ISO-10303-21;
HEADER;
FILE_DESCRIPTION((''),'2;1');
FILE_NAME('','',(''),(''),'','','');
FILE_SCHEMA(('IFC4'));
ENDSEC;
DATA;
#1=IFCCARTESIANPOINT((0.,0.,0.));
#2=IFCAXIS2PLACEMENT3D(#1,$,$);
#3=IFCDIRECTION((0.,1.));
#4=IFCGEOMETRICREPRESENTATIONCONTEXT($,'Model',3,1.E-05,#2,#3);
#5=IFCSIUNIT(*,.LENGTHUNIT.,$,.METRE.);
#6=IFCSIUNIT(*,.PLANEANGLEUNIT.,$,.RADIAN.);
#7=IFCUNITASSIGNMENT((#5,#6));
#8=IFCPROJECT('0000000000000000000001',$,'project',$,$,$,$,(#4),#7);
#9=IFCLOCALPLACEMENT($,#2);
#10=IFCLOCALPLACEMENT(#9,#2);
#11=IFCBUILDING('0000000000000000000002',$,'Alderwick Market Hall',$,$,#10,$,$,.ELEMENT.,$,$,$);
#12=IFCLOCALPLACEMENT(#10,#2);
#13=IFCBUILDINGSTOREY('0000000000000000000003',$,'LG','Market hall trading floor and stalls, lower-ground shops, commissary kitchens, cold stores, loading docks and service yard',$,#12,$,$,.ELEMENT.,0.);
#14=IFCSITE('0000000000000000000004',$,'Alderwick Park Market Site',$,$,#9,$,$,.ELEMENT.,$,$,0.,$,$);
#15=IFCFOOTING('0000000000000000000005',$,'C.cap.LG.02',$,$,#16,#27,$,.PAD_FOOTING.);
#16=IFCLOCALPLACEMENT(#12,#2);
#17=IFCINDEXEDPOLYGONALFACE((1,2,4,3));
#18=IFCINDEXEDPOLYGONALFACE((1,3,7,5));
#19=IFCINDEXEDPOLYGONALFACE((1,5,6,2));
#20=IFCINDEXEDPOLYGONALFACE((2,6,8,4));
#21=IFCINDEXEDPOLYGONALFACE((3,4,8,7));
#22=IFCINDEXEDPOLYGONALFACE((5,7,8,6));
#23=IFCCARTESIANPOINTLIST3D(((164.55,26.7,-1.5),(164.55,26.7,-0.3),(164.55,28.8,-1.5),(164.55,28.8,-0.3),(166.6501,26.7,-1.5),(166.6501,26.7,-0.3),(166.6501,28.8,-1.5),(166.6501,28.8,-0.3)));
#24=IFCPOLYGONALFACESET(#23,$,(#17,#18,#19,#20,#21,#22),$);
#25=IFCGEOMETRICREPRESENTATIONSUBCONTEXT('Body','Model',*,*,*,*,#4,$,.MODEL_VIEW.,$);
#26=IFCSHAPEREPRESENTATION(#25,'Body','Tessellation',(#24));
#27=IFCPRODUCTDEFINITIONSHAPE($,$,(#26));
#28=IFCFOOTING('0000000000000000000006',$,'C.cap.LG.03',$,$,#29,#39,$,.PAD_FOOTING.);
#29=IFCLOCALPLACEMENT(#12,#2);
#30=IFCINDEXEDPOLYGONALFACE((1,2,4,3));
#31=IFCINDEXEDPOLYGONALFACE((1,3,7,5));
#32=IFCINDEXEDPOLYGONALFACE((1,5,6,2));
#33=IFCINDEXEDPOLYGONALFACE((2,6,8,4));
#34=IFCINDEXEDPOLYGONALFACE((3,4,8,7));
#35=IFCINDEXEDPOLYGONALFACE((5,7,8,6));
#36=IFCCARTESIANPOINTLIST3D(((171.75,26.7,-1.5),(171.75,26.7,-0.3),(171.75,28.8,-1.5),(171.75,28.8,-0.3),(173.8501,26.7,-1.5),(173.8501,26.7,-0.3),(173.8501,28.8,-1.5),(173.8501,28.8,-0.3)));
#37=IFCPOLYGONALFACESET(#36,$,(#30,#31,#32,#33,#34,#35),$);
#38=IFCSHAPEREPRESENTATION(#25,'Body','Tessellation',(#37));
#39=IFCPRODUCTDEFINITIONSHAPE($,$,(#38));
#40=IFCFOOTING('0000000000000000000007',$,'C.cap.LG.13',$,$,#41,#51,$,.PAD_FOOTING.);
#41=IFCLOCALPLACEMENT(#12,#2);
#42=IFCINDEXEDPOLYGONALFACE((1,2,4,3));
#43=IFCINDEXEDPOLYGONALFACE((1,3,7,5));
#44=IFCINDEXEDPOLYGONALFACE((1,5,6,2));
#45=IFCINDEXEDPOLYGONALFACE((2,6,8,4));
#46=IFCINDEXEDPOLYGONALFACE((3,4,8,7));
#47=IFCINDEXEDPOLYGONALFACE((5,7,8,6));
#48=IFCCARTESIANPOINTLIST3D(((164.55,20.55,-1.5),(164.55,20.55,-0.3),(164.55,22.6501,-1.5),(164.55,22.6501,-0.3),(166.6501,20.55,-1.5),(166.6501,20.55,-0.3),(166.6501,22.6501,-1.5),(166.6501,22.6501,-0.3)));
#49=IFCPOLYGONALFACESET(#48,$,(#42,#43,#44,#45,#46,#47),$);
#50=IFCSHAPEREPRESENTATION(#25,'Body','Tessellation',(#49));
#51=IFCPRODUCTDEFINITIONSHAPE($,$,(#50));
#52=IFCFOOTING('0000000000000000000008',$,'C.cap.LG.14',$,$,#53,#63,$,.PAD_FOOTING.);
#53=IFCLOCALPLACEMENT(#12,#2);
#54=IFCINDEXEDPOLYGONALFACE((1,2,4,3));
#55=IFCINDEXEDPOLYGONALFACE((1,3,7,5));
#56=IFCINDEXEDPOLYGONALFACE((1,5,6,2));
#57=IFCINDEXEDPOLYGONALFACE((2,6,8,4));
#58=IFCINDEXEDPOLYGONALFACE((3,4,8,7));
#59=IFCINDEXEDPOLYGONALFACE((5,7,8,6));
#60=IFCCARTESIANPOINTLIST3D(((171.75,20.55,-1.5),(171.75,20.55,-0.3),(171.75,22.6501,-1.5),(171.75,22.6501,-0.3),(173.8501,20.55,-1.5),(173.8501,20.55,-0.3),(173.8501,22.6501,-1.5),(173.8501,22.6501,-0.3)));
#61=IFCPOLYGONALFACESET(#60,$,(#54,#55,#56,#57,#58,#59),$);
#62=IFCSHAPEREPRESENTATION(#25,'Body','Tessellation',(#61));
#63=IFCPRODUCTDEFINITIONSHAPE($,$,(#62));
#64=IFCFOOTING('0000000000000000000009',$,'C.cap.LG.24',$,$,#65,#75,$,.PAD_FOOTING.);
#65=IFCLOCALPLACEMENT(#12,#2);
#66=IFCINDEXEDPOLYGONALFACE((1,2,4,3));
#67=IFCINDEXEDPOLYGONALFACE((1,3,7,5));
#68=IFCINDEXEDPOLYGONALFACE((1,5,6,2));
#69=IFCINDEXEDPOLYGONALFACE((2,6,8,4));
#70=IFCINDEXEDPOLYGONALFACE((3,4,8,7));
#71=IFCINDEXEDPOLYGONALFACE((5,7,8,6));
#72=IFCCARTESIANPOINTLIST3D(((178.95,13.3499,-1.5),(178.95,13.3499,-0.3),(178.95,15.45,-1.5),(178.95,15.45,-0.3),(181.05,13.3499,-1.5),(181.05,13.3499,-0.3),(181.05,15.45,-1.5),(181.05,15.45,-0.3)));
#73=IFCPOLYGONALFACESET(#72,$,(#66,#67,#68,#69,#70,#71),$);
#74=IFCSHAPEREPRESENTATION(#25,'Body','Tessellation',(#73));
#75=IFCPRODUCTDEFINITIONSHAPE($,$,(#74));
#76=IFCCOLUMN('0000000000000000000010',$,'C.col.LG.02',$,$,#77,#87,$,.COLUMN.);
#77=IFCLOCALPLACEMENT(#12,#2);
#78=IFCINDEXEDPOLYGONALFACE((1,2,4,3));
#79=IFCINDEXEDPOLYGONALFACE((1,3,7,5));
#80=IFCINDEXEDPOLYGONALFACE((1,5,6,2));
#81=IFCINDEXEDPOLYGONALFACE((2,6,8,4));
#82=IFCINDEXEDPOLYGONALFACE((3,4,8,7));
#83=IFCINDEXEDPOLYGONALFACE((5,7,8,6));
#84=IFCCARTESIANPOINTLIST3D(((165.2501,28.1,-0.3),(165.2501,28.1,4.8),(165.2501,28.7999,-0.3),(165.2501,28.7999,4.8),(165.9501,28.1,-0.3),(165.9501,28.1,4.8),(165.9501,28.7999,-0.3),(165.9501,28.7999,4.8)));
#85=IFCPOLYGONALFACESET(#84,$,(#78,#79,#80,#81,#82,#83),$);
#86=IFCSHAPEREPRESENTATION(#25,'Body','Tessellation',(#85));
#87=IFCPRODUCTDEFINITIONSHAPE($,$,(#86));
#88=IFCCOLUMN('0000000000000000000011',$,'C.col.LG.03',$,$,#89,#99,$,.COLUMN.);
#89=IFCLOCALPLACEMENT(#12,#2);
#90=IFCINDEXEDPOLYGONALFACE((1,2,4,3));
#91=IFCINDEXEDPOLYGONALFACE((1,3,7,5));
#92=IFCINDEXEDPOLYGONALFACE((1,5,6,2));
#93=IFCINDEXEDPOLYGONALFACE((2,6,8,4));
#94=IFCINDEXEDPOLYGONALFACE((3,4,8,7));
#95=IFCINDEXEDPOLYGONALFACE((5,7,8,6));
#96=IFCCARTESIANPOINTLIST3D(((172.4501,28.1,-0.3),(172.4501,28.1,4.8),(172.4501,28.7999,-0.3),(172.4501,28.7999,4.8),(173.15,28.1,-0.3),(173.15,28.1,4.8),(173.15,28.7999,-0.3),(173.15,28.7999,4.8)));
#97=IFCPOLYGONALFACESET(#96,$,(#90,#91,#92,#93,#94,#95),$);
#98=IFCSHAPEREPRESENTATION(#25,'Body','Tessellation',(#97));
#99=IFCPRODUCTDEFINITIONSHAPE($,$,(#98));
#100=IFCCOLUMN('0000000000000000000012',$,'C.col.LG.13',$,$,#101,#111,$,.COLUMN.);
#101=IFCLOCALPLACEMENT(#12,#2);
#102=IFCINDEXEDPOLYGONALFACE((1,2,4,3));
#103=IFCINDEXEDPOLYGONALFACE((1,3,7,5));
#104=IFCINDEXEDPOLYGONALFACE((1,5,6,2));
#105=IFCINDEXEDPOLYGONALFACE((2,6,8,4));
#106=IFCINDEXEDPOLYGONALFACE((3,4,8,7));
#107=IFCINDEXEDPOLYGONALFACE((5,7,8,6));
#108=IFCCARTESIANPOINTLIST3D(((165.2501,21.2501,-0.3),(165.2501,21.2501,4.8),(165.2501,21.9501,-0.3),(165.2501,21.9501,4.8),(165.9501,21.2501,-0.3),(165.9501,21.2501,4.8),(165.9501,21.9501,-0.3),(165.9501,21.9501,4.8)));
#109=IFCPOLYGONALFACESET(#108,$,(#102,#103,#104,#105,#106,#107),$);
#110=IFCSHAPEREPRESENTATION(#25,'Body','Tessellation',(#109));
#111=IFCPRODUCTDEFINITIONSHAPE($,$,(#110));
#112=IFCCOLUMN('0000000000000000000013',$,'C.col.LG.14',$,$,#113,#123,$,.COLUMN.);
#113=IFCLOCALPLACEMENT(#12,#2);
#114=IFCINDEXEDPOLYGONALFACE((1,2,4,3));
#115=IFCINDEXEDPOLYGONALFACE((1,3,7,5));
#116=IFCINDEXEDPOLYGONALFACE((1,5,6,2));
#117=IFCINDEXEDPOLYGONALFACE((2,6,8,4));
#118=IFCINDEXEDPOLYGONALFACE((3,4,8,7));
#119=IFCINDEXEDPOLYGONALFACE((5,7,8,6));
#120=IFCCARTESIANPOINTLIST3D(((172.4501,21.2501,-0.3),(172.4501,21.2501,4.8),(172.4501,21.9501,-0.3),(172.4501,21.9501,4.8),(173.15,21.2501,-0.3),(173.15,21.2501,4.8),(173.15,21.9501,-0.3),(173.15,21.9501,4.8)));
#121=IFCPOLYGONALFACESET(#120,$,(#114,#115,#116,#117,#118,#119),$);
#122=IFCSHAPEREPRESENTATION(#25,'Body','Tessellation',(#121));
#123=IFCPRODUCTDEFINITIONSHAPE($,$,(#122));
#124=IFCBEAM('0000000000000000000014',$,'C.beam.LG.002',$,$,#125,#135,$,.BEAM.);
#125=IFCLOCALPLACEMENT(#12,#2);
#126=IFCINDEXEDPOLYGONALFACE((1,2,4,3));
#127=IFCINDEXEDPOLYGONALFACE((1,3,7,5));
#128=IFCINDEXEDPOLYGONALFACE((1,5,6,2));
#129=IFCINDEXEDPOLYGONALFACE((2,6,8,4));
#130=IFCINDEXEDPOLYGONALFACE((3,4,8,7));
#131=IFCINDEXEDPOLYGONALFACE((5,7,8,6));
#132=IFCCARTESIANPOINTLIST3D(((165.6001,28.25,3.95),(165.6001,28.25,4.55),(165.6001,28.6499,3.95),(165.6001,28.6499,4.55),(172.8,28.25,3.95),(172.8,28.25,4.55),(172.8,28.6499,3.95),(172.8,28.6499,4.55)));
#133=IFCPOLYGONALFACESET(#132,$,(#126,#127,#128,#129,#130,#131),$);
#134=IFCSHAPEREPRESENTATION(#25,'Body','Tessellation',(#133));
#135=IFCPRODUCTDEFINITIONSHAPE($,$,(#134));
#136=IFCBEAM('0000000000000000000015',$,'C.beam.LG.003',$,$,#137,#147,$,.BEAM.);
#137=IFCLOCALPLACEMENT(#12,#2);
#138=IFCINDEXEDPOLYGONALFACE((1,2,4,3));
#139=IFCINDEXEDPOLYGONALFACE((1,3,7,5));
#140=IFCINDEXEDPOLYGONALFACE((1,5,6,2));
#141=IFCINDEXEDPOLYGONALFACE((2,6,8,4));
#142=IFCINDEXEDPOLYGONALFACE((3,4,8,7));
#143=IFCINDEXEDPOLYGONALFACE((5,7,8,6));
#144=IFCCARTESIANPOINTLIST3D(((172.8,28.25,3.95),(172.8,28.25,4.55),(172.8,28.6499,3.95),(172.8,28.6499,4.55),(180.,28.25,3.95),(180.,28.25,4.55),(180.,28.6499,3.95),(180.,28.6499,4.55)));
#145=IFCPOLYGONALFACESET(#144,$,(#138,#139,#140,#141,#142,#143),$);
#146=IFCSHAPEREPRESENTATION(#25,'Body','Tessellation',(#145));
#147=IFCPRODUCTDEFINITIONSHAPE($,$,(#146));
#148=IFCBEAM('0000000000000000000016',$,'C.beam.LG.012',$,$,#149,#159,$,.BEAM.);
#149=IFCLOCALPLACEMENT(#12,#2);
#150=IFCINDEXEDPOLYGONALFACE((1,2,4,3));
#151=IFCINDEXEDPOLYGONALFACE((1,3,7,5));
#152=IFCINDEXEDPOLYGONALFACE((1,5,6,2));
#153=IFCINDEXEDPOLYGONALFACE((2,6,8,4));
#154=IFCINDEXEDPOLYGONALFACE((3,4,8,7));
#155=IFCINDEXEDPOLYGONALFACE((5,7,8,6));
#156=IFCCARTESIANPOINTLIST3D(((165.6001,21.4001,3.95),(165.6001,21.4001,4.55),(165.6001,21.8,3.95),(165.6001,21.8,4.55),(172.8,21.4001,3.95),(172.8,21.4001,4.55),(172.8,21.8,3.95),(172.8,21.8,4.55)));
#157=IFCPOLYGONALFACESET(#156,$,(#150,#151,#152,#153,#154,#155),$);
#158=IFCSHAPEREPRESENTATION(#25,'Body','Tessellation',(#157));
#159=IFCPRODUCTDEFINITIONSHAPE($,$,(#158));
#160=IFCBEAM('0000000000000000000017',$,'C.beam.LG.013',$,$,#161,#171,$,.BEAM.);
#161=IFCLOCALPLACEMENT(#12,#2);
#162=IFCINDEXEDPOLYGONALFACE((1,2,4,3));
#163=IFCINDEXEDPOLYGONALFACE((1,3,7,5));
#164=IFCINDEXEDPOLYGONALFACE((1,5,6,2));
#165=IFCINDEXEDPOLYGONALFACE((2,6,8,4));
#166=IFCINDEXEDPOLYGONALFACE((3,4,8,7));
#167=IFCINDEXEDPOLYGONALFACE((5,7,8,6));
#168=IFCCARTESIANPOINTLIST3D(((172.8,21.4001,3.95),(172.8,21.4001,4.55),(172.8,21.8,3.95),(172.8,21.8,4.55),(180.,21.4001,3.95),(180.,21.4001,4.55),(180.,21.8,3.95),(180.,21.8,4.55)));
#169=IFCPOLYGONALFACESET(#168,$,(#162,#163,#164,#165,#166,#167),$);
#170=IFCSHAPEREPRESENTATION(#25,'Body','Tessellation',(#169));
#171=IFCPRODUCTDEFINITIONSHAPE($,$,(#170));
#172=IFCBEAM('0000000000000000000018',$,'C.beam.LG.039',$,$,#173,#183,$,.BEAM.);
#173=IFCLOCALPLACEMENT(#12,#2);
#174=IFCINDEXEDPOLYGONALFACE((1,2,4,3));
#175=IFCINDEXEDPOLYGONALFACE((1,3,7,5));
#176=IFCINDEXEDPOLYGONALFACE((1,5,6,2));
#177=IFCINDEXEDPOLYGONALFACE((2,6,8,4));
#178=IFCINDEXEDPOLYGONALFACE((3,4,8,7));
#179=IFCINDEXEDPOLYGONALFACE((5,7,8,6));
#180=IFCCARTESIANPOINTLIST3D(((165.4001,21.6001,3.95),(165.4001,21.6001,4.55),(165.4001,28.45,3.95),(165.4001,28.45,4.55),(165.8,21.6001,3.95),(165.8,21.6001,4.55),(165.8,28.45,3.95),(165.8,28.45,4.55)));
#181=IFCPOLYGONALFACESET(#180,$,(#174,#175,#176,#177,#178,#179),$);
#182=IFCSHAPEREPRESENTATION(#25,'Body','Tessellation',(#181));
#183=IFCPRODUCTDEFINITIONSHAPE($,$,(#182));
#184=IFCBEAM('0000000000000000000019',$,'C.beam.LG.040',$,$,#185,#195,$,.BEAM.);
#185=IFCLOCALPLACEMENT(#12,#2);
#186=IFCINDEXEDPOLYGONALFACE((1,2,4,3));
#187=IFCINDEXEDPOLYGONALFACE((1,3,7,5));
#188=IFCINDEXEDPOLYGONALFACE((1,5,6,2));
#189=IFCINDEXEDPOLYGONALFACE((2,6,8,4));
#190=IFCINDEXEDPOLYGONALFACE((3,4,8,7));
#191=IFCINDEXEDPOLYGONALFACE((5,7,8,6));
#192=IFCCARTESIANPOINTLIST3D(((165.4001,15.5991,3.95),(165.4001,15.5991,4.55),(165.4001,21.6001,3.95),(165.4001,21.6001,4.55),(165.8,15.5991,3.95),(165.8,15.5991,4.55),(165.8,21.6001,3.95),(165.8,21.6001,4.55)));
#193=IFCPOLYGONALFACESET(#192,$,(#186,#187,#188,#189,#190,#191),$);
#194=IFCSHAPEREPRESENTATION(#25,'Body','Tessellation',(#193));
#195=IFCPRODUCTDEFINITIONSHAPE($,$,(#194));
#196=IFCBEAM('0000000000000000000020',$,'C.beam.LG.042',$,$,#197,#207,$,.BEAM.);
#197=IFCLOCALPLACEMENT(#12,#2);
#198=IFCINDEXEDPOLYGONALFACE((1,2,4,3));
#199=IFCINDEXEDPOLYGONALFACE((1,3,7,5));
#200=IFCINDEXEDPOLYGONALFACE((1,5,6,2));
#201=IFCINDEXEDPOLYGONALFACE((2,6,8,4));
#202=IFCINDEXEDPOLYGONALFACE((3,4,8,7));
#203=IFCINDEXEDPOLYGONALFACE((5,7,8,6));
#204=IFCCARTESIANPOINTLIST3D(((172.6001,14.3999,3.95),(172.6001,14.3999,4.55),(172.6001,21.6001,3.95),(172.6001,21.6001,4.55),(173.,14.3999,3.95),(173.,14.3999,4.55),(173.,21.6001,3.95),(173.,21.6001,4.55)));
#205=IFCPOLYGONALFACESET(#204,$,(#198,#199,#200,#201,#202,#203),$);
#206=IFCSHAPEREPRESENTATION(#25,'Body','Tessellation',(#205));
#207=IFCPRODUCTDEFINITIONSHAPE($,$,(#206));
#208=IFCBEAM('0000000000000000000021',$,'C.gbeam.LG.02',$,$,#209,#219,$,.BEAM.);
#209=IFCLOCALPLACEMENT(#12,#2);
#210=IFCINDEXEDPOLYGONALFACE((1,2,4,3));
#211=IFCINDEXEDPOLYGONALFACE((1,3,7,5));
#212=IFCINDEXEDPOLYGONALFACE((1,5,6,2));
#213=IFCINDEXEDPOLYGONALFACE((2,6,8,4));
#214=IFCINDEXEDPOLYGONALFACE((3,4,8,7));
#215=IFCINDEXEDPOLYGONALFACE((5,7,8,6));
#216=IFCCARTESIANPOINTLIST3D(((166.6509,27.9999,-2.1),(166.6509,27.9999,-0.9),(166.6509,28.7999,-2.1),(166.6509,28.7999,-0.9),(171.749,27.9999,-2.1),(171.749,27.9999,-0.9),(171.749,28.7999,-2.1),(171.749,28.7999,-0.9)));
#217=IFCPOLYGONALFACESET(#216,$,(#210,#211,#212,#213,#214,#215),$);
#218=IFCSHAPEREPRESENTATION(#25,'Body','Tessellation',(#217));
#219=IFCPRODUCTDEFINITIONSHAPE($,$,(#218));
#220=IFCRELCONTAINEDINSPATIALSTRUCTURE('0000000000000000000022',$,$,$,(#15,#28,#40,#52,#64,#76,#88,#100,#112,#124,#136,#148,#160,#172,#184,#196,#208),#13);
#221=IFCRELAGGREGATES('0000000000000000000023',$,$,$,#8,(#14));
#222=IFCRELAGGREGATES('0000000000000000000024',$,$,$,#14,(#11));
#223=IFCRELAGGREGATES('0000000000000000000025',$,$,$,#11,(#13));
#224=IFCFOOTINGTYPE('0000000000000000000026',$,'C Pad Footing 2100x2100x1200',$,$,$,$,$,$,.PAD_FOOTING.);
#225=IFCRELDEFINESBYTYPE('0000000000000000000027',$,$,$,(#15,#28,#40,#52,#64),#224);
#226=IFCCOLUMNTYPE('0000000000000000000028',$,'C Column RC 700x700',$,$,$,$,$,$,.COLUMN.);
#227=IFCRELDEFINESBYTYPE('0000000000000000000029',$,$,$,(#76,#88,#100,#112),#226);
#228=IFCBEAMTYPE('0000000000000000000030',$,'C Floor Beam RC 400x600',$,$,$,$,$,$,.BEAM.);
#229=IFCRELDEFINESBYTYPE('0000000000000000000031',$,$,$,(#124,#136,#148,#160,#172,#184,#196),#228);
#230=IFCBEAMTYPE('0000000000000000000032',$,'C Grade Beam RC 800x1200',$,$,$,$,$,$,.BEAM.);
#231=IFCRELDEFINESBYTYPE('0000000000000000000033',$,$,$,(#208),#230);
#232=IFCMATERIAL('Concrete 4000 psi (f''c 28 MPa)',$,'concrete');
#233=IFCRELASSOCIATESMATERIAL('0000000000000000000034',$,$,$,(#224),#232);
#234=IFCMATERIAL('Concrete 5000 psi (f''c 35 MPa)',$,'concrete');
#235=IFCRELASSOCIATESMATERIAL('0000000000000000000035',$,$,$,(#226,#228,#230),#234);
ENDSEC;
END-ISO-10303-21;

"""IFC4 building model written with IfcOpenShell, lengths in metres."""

from ifc_helpers import new_model, si_unit, direction, frame, origin, origin_2d, place, context, subcontext, project, spatial, rectangle, extrude, material, material_profile, profile_set, type_object, element, save


model = new_model("IFC4")

# Units and contexts
model_context = context("Model", 3, precision=1e-05, world=origin(), true_north=direction((0.0, 1.0)))
body_context = subcontext(model_context, "Body", "Model", "MODEL_VIEW")
ifc_project = project(units=[si_unit("LENGTHUNIT", "METRE"), si_unit("PLANEANGLEUNIT", "RADIAN")], contexts=[model_context])

# Site, building, storey
site_placement = place(None, origin())
site = spatial("IfcSite", under=ifc_project, at=site_placement, Name="Alderwick Park Market Site", CompositionType="ELEMENT", RefElevation=0.0)
building_placement = place(site_placement, origin())
building = spatial("IfcBuilding", under=site, at=building_placement, Name="Alderwick Market Hall", CompositionType="ELEMENT")
storey_placement = place(building_placement, origin())
storey = spatial("IfcBuildingStorey", under=building, at=storey_placement, Name="LG", Description="Market hall trading floor and stalls, lower-ground shops, commissary kitchens, cold stores, loading docks and service yard", CompositionType="ELEMENT", Elevation=0.0)

# Footings
ifc_material_1 = material(Name="Concrete 4000 psi (f'c 28 MPa)", Category="concrete")
footing_type = type_object("IfcFootingType", Name="C Pad Footing 2100x2100x1200", PredefinedType="PAD_FOOTING", material=ifc_material_1)
for number, where, z_axis, x_axis, name in (
    (1, (165.6001, 27.75, -1.5), (0.0, 0.0, 1.0), (1.0, 0.0, 0.0), "C.cap.LG.02"),
    (2, (172.8, 27.75, -1.5), (0.0, 0.0, 1.0), (1.0, 0.0, 0.0), "C.cap.LG.03"),
    (3, (165.6001, 21.6001, -1.5), (0.0, 0.0, 1.0), (1.0, 0.0, 0.0), "C.cap.LG.13"),
    (4, (172.8, 21.6001, -1.5), (0.0, 0.0, 1.0), (1.0, 0.0, 0.0), "C.cap.LG.14"),
    (5, (180.0, 14.3999, -1.5), (0.0, 0.0, 1.0), (1.0, 0.0, 0.0), "C.cap.LG.24"),
):
    element("IfcFooting", number, at=place(storey_placement, frame(where, z_axis=z_axis, x_axis=x_axis)), inside=storey, type_object=footing_type, Name=name, PredefinedType="PAD_FOOTING", context=body_context, shape_type="SweptSolid", body=[
        extrude(rectangle(XDim=2.1001, YDim=2.1001, at=origin_2d()), origin(), (0.0, 0.0, 1.0), 1.2),
    ])

# Columns
ifc_material_2 = material(Name="Concrete 5000 psi (f'c 35 MPa)", Category="concrete")
ifc_material_profile_1 = material_profile(ifc_material_2, rectangle(XDim=0.7, YDim=0.7, at=origin_2d()), Name="RC 700x700")
ifc_profile_set_1 = profile_set([ifc_material_profile_1], Name="Concrete 5000 psi (f'c 35 MPa)")
column_type = type_object("IfcColumnType", Name="C Column RC 700x700", PredefinedType="COLUMN", material=ifc_profile_set_1)
for number, where, z_axis, x_axis, name in (
    (6, (165.6001, 28.45, -0.3), (0.0, 0.0, 1.0), (1.0, 0.0, 0.0), "C.col.LG.02"),
    (7, (172.8, 28.45, -0.3), (0.0, 0.0, 1.0), (1.0, 0.0, 0.0), "C.col.LG.03"),
    (8, (165.6001, 21.6001, -0.3), (0.0, 0.0, 1.0), (1.0, 0.0, 0.0), "C.col.LG.13"),
    (9, (172.8, 21.6001, -0.3), (0.0, 0.0, 1.0), (1.0, 0.0, 0.0), "C.col.LG.14"),
):
    element("IfcColumn", number, at=place(storey_placement, frame(where, z_axis=z_axis, x_axis=x_axis)), inside=storey, type_object=column_type, Name=name, PredefinedType="COLUMN", context=body_context, shape_type="SweptSolid", body=[
        extrude(rectangle(XDim=0.7, YDim=0.7, at=origin_2d()), origin(), (0.0, 0.0, 1.0), 5.1001),
    ])

# Beams
ifc_material_profile_2 = material_profile(ifc_material_2, rectangle(XDim=0.3999, YDim=0.6001, at=origin_2d()), Name="RC 400x600")
ifc_profile_set_2 = profile_set([ifc_material_profile_2], Name="Concrete 5000 psi (f'c 35 MPa)")
beam_type_1 = type_object("IfcBeamType", Name="C Floor Beam RC 400x600", PredefinedType="BEAM", material=ifc_profile_set_2)
for number, where, z_axis, x_axis, name in (
    (10, (165.6001, 28.45, 4.25), (1.0, 0.0, 0.0), (0.0, 1.0, 0.0), "C.beam.LG.002"),
    (11, (172.8, 28.45, 4.25), (1.0, 0.0, 0.0), (0.0, 1.0, 0.0), "C.beam.LG.003"),
    (12, (165.6001, 21.6001, 4.25), (1.0, 0.0, 0.0), (0.0, 1.0, 0.0), "C.beam.LG.012"),
    (13, (172.8, 21.6001, 4.25), (1.0, 0.0, 0.0), (0.0, 1.0, 0.0), "C.beam.LG.013"),
):
    element("IfcBeam", number, at=place(storey_placement, frame(where, z_axis=z_axis, x_axis=x_axis)), inside=storey, type_object=beam_type_1, Name=name, PredefinedType="BEAM", context=body_context, shape_type="SweptSolid", body=[
        extrude(rectangle(XDim=0.3999, YDim=0.6001, at=origin_2d()), origin(), (0.0, 0.0, 1.0), 7.2),
    ])
beam_1_placement = place(storey_placement, frame((165.6001, 28.45, 4.25), z_axis=(0.0, -1.0, 0.0), x_axis=(1.0, 0.0, 0.0)))
element("IfcBeam", 14, at=beam_1_placement, inside=storey, type_object=beam_type_1, Name="C.beam.LG.039", PredefinedType="BEAM", context=body_context, shape_type="SweptSolid", body=[
    extrude(rectangle(XDim=0.3999, YDim=0.6001, at=origin_2d()), origin(), (0.0, 0.0, 1.0), 6.8499),
])
beam_2_placement = place(storey_placement, frame((165.6001, 21.6001, 4.25), z_axis=(0.0, -1.0, 0.0), x_axis=(1.0, 0.0, 0.0)))
element("IfcBeam", 15, at=beam_2_placement, inside=storey, type_object=beam_type_1, Name="C.beam.LG.040", PredefinedType="BEAM", context=body_context, shape_type="SweptSolid", body=[
    extrude(rectangle(XDim=0.3999, YDim=0.6001, at=origin_2d()), origin(), (0.0, 0.0, 1.0), 6.001),
])
beam_3_placement = place(storey_placement, frame((172.8, 21.6001, 4.25), z_axis=(0.0, -1.0, 0.0), x_axis=(1.0, 0.0, 0.0)))
element("IfcBeam", 16, at=beam_3_placement, inside=storey, type_object=beam_type_1, Name="C.beam.LG.042", PredefinedType="BEAM", context=body_context, shape_type="SweptSolid", body=[
    extrude(rectangle(XDim=0.3999, YDim=0.6001, at=origin_2d()), origin(), (0.0, 0.0, 1.0), 7.2002),
])
ifc_material_profile_3 = material_profile(ifc_material_2, rectangle(XDim=0.8, YDim=1.2, at=origin_2d()), Name="RC 800x1200")
ifc_profile_set_3 = profile_set([ifc_material_profile_3], Name="Concrete 5000 psi (f'c 35 MPa)")
beam_type_2 = type_object("IfcBeamType", Name="C Grade Beam RC 800x1200", PredefinedType="BEAM", material=ifc_profile_set_3)
beam_4_placement = place(storey_placement, frame((166.6509, 28.3999, -1.5), z_axis=(1.0, 0.0, 0.0), x_axis=(0.0, 1.0, 0.0)))
element("IfcBeam", 17, at=beam_4_placement, inside=storey, type_object=beam_type_2, Name="C.gbeam.LG.02", PredefinedType="BEAM", context=body_context, shape_type="SweptSolid", body=[
    extrude(rectangle(XDim=0.8, YDim=1.2, at=origin_2d()), origin(), (0.0, 0.0, 1.0), 5.0981),
])

save(model, "model.ifc")
